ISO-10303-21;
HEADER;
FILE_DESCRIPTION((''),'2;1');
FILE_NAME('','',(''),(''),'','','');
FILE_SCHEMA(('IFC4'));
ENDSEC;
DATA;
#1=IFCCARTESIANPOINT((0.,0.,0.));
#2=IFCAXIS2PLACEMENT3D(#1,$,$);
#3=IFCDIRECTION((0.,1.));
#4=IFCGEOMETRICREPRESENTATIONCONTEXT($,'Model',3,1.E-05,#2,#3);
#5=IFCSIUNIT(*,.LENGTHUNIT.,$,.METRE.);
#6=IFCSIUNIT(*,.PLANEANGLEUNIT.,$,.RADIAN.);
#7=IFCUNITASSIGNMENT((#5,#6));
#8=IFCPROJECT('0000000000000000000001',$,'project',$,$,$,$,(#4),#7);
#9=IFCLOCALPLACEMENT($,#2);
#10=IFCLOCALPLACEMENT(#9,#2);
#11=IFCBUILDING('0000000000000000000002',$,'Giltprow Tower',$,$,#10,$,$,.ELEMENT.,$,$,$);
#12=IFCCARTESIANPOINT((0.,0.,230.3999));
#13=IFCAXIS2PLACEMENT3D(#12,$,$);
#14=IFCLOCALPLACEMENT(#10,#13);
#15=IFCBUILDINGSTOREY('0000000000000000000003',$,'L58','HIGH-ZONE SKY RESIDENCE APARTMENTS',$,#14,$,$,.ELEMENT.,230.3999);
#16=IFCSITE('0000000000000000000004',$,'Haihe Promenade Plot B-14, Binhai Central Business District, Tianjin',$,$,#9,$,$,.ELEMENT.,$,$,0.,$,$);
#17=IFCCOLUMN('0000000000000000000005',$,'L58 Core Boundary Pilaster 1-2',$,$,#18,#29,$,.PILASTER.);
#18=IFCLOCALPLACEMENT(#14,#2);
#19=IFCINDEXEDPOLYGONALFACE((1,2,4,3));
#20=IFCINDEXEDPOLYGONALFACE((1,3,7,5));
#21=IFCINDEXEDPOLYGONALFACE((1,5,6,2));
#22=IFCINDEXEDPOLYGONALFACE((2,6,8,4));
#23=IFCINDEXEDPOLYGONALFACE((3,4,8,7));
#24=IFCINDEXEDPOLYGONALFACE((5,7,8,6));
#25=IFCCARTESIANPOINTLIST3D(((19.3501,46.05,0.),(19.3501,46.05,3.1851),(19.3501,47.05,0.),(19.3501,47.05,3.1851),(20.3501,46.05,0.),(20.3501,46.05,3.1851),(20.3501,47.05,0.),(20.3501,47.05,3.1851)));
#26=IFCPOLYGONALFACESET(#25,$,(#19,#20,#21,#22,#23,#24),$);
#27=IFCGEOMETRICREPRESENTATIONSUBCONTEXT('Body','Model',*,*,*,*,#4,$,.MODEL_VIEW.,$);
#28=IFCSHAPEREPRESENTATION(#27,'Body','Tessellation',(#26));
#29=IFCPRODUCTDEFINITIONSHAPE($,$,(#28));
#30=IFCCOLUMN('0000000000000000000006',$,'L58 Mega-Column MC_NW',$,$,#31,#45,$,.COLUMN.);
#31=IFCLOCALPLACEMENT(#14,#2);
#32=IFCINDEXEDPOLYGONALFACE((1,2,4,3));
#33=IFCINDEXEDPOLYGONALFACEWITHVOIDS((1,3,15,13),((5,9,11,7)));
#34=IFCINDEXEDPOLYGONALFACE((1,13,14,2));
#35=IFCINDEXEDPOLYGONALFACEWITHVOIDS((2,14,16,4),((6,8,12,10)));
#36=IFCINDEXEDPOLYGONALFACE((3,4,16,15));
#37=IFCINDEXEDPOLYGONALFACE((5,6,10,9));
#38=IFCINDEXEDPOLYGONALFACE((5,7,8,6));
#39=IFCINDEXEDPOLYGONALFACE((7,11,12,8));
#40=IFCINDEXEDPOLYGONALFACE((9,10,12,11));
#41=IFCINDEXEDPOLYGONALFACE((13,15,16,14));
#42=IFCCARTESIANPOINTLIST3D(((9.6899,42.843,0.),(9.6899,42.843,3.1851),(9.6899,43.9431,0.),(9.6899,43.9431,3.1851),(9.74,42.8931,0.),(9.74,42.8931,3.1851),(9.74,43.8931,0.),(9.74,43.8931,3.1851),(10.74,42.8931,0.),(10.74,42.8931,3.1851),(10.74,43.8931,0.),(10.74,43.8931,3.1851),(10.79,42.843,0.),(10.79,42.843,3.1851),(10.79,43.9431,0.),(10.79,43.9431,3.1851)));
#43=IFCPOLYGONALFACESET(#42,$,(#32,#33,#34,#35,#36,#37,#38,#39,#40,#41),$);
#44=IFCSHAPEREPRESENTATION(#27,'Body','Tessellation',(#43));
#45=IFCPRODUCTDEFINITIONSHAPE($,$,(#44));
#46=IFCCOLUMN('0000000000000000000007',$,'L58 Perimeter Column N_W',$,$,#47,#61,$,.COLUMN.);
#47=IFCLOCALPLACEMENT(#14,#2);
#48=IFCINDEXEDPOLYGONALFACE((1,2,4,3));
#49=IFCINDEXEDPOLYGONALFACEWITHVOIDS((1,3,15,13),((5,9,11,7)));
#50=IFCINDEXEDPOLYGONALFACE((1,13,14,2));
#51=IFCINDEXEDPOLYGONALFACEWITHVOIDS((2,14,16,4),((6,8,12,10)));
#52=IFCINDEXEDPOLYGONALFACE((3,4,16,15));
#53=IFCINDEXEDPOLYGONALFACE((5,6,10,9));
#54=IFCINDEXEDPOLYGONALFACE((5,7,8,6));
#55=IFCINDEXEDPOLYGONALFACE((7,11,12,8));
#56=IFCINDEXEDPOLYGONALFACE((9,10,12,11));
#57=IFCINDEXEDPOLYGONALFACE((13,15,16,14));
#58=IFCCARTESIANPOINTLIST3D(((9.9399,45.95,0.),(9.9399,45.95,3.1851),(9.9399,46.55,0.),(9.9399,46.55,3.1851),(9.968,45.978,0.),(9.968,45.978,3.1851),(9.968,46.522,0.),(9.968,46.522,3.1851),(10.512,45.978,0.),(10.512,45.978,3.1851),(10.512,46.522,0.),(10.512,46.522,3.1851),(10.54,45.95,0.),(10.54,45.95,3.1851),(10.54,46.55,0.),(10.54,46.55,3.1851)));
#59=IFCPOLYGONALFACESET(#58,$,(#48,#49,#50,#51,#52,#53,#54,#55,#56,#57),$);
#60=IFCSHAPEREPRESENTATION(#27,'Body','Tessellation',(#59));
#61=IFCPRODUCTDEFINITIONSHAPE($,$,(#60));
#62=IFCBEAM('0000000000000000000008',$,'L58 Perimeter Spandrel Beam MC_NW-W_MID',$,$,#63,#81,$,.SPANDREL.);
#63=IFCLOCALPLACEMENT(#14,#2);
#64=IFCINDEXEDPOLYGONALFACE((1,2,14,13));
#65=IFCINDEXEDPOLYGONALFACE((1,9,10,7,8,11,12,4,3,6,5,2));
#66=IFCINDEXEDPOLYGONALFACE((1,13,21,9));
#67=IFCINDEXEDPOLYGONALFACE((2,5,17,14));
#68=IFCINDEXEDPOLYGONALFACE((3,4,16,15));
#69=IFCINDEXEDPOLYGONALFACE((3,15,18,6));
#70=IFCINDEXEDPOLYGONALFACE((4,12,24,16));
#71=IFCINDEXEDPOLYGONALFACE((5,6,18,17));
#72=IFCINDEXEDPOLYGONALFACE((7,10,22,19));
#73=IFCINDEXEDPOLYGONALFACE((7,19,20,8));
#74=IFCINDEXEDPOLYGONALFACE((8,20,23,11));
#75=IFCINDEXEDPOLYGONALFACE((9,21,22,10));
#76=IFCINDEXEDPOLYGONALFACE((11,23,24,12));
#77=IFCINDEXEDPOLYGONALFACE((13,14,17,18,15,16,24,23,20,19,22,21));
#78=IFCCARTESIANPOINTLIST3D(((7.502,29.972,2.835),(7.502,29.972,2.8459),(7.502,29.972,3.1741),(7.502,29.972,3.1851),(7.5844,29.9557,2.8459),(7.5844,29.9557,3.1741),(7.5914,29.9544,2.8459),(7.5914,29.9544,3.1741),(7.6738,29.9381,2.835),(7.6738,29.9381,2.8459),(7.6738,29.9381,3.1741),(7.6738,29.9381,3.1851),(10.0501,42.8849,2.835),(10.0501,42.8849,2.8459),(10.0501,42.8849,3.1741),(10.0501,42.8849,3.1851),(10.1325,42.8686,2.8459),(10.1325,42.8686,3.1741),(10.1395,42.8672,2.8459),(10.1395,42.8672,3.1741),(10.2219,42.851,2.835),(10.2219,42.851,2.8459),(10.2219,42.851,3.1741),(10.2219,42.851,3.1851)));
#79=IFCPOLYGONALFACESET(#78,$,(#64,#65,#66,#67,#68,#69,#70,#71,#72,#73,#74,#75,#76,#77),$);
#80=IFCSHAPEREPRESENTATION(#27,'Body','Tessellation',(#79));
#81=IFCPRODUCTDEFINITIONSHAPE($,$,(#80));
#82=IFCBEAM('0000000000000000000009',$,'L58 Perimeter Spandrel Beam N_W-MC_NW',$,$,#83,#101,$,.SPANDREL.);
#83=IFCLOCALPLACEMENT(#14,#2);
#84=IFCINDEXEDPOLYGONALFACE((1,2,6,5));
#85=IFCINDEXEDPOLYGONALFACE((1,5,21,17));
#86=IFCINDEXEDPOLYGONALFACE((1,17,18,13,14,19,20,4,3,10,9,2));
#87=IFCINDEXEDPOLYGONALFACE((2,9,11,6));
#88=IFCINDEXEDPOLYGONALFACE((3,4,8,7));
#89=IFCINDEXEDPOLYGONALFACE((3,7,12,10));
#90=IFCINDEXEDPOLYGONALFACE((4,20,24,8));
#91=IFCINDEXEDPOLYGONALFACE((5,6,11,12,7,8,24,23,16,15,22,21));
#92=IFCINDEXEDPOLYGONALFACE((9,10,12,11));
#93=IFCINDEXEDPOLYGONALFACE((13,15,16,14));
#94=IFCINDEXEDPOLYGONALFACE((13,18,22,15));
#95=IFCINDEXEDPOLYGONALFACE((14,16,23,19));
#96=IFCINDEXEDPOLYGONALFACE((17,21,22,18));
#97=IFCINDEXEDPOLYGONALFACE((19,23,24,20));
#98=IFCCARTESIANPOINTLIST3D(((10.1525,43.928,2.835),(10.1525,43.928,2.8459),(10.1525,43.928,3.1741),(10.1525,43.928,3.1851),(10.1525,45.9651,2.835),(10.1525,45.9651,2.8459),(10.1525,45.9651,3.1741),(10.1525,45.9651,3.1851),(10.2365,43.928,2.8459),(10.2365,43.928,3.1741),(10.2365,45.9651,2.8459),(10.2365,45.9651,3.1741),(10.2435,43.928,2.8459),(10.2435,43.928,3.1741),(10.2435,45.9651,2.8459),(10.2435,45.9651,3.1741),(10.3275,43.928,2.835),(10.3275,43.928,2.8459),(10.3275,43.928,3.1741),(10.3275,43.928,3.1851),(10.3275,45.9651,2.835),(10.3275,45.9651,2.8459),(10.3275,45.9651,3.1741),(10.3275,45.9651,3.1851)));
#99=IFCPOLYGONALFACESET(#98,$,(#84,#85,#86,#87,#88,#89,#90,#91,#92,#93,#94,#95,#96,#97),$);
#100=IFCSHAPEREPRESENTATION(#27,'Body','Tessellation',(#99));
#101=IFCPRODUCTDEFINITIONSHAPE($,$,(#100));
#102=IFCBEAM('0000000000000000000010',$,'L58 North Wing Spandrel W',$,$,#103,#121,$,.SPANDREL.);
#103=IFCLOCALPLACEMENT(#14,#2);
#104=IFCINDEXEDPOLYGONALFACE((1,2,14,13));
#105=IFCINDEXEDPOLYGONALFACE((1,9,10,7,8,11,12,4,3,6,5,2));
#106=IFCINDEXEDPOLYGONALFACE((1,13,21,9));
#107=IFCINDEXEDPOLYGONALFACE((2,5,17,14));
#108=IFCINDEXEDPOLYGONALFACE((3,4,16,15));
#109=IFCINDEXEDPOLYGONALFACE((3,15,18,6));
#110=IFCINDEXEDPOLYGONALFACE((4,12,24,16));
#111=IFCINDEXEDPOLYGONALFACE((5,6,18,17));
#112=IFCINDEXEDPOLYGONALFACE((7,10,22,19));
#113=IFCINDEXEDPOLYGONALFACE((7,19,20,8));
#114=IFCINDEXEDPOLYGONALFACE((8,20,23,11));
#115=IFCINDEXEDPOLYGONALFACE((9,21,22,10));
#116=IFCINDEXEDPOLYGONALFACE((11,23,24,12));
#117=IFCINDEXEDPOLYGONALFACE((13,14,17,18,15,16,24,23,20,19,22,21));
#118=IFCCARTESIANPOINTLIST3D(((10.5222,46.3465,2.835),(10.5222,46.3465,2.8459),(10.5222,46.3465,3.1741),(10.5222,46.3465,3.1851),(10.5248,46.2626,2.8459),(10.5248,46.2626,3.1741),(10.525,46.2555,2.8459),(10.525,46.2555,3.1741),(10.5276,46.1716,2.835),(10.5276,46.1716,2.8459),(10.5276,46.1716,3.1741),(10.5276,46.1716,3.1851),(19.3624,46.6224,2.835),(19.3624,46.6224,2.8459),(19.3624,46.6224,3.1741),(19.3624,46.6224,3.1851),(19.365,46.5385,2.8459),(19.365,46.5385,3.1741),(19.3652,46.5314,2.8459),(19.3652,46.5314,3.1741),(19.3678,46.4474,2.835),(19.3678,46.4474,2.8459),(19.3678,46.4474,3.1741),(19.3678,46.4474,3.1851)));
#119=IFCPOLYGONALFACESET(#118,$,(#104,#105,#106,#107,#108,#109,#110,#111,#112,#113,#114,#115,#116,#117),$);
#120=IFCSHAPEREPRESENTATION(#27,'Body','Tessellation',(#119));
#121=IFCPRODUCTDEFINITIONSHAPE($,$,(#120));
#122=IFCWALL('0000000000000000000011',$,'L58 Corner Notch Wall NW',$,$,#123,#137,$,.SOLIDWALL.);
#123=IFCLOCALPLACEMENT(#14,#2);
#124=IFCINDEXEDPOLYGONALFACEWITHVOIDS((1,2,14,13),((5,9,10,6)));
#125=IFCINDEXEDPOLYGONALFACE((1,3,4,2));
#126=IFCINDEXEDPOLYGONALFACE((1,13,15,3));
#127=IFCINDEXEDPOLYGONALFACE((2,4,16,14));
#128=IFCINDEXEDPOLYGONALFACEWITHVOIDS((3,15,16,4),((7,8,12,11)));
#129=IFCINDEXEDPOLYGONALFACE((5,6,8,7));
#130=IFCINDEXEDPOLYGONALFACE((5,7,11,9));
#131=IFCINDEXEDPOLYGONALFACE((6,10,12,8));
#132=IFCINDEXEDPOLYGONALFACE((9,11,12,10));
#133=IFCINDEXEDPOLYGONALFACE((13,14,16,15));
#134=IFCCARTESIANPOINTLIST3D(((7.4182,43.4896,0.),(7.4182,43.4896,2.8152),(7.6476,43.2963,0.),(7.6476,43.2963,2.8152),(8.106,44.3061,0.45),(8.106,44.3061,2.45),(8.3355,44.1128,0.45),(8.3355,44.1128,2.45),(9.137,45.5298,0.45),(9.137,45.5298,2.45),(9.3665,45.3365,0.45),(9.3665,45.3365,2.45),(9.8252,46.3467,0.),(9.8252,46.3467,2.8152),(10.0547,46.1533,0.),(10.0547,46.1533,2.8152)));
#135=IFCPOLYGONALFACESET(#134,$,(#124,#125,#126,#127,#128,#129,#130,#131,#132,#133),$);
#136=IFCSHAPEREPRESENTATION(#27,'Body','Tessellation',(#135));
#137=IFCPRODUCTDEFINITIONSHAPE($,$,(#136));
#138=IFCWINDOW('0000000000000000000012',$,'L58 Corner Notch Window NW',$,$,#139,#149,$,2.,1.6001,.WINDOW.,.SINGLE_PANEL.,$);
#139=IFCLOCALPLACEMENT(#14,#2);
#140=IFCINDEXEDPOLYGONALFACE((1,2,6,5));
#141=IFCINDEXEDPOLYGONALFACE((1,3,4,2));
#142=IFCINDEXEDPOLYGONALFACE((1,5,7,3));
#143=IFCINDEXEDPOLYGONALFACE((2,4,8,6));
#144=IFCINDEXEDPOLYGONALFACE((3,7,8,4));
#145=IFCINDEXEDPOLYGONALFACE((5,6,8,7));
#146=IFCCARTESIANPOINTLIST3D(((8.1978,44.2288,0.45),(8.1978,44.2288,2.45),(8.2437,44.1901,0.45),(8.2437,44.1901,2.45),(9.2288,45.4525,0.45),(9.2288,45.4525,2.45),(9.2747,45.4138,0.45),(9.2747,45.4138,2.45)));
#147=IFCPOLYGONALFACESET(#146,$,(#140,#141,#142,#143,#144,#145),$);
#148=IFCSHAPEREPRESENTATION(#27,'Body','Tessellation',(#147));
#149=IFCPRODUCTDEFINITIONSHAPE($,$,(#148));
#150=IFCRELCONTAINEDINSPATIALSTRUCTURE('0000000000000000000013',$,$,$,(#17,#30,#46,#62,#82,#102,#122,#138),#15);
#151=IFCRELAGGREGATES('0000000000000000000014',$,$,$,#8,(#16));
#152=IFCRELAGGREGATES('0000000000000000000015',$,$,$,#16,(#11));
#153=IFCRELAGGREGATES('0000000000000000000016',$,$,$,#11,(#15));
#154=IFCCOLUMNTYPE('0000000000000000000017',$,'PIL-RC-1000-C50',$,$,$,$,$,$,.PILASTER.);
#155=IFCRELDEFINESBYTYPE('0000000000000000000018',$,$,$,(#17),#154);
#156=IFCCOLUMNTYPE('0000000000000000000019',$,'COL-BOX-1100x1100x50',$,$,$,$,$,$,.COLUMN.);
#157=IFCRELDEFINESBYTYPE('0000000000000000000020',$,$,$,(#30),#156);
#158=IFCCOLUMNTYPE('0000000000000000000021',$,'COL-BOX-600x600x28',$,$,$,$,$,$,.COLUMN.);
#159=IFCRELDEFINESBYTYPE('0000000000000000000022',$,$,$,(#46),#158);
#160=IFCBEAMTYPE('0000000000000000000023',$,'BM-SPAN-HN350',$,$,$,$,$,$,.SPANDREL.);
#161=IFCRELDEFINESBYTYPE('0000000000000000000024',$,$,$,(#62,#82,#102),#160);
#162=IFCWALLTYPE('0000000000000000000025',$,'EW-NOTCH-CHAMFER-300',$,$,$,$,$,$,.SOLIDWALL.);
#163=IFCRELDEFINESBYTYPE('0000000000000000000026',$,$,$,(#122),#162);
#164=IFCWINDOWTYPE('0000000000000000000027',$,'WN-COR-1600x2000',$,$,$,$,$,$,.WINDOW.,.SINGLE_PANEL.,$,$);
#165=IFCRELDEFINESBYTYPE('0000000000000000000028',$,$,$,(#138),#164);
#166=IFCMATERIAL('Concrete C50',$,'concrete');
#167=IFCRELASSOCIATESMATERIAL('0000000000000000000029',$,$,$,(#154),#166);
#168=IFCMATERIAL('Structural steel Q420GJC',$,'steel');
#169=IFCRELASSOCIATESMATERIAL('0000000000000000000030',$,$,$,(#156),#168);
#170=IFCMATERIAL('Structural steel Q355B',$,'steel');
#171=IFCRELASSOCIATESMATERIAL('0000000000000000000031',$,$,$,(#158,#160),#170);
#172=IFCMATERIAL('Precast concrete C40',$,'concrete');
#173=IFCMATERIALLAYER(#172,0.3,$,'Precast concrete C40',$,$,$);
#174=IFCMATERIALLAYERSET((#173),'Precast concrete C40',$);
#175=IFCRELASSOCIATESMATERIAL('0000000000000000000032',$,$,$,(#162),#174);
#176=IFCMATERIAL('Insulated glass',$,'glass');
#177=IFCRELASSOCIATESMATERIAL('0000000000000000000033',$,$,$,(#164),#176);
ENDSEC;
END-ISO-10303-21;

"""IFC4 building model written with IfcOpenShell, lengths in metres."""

from ifc_helpers import new_model, si_unit, direction, frame, frame_2d, origin, origin_2d, place, context, subcontext, project, spatial, rectangle, hollow_rectangle, i_section, extrude, source, transform, mapped, material, layer, layer_set, material_profile, profile_set, type_object, element, fill, save


model = new_model("IFC4")

# Units and contexts
model_context = context("Model", 3, precision=1e-05, world=origin(), true_north=direction((0.0, 1.0)))
body_context = subcontext(model_context, "Body", "Model", "MODEL_VIEW")
ifc_project = project(units=[si_unit("LENGTHUNIT", "METRE"), si_unit("PLANEANGLEUNIT", "RADIAN")], contexts=[model_context])

# Site, building, storey
site_placement = place(None, origin())
site = spatial("IfcSite", under=ifc_project, at=site_placement, Name="Haihe Promenade Plot B-14, Binhai Central Business District, Tianjin", CompositionType="ELEMENT", RefElevation=0.0)
building_placement = place(site_placement, origin())
building = spatial("IfcBuilding", under=site, at=building_placement, Name="Giltprow Tower", CompositionType="ELEMENT")
storey_placement = place(building_placement, frame((0.0, 0.0, 230.3999)))
storey = spatial("IfcBuildingStorey", under=building, at=storey_placement, Name="L58", Description="HIGH-ZONE SKY RESIDENCE APARTMENTS", CompositionType="ELEMENT", Elevation=230.3999)

# Columns
ifc_material_1 = material(Name="Concrete C50", Category="concrete")
ifc_material_profile_1 = material_profile(ifc_material_1, rectangle(XDim=1.0, YDim=1.0, at=origin_2d()), Name="RC 1000x1000")
ifc_profile_set_1 = profile_set([ifc_material_profile_1], Name="Concrete C50")
column_type_1 = type_object("IfcColumnType", Name="PIL-RC-1000-C50", PredefinedType="PILASTER", material=ifc_profile_set_1)
shared_shape_1 = source(origin(), body_context, "Body", "SweptSolid", [
    extrude(rectangle(XDim=1.0, YDim=1.0, at=origin_2d()), origin(), (0.0, 0.0, 1.0), 3.1851),
])
column_1_placement = place(storey_placement, frame((19.8501, 46.55, 0.0), z_axis=(0.0, 0.0, 1.0), x_axis=(1.0, 0.0, 0.0)))
element("IfcColumn", 1, at=column_1_placement, inside=storey, type_object=column_type_1, Name="L58 Core Boundary Pilaster 1-2", PredefinedType="PILASTER", context=body_context, shape_type="MappedRepresentation", body=[
    mapped(shared_shape_1, transform((0.0, 0.0, 0.0), x_axis=(1.0, 0.0, 0.0), y_axis=(0.0, 1.0, 0.0), z_axis=(0.0, 0.0, 1.0), scale=1.0)),
])
ifc_material_2 = material(Name="Structural steel Q420GJC", Category="steel")
ifc_material_profile_2 = material_profile(ifc_material_2, hollow_rectangle(XDim=1.1001, YDim=1.1001, WallThickness=0.05, at=origin_2d()), Name="BOX 1100x1100x50")
ifc_profile_set_2 = profile_set([ifc_material_profile_2], Name="Structural steel Q420GJC")
column_type_2 = type_object("IfcColumnType", Name="COL-BOX-1100x1100x50", PredefinedType="COLUMN", material=ifc_profile_set_2)
shared_shape_2 = source(origin(), body_context, "Body", "SweptSolid", [
    extrude(hollow_rectangle(XDim=1.1001, YDim=1.1001, WallThickness=0.05, at=origin_2d()), origin(), (0.0, 0.0, 1.0), 3.1851),
])
column_2_placement = place(storey_placement, frame((10.24, 43.3931, 0.0), z_axis=(0.0, 0.0, 1.0), x_axis=(1.0, 0.0, 0.0)))
element("IfcColumn", 2, at=column_2_placement, inside=storey, type_object=column_type_2, Name="L58 Mega-Column MC_NW", PredefinedType="COLUMN", context=body_context, shape_type="MappedRepresentation", body=[
    mapped(shared_shape_2, transform((0.0, 0.0, 0.0), x_axis=(1.0, 0.0, 0.0), y_axis=(0.0, 1.0, 0.0), z_axis=(0.0, 0.0, 1.0), scale=1.0)),
])
ifc_material_3 = material(Name="Structural steel Q355B", Category="steel")
ifc_material_profile_3 = material_profile(ifc_material_3, hollow_rectangle(XDim=0.6001, YDim=0.6001, WallThickness=0.0281, at=origin_2d()), Name="BOX 600x600x28")
ifc_profile_set_3 = profile_set([ifc_material_profile_3], Name="Structural steel Q355B")
column_type_3 = type_object("IfcColumnType", Name="COL-BOX-600x600x28", PredefinedType="COLUMN", material=ifc_profile_set_3)
shared_shape_3 = source(origin(), body_context, "Body", "SweptSolid", [
    extrude(hollow_rectangle(XDim=0.6001, YDim=0.6001, WallThickness=0.0281, at=origin_2d()), origin(), (0.0, 0.0, 1.0), 3.1851),
])
column_3_placement = place(storey_placement, frame((10.24, 46.25, 0.0), z_axis=(0.0, 0.0, 1.0), x_axis=(1.0, 0.0, 0.0)))
element("IfcColumn", 3, at=column_3_placement, inside=storey, type_object=column_type_3, Name="L58 Perimeter Column N_W", PredefinedType="COLUMN", context=body_context, shape_type="MappedRepresentation", body=[
    mapped(shared_shape_3, transform((0.0, 0.0, 0.0), x_axis=(1.0, 0.0, 0.0), y_axis=(0.0, 1.0, 0.0), z_axis=(0.0, 0.0, 1.0), scale=1.0)),
])

# Beams
ifc_material_profile_4 = material_profile(ifc_material_3, i_section(OverallWidth=0.175, OverallDepth=0.3501, WebThickness=0.0071, FlangeThickness=0.011, at=origin_2d()), Name="HN 350x175x7x11")
ifc_profile_set_4 = profile_set([ifc_material_profile_4], Name="Structural steel Q355B")
beam_type = type_object("IfcBeamType", Name="BM-SPAN-HN350", PredefinedType="SPANDREL", material=ifc_profile_set_4)
shared_shape_4 = source(origin(), body_context, "Body", "SweptSolid", [
    extrude(i_section(OverallWidth=0.175, OverallDepth=0.3501, WebThickness=0.0071, FlangeThickness=0.011, at=origin_2d()), origin(), (0.0, 0.0, 1.0), 13.1619),
])
beam_1_placement = place(storey_placement, frame((10.136, 42.8679, 3.01), z_axis=(-0.193597, -0.981081, 0.0), x_axis=(0.981081, -0.193597, 0.0)))
element("IfcBeam", 4, at=beam_1_placement, inside=storey, type_object=beam_type, Name="L58 Perimeter Spandrel Beam MC_NW-W_MID", PredefinedType="SPANDREL", context=body_context, shape_type="MappedRepresentation", body=[
    mapped(shared_shape_4, transform((0.0, 0.0, 0.0), x_axis=(1.0, 0.0, 0.0), y_axis=(0.0, 1.0, 0.0), z_axis=(0.0, 0.0, 1.0), scale=1.0)),
])
shared_shape_5 = source(origin(), body_context, "Body", "SweptSolid", [
    extrude(i_section(OverallWidth=0.175, OverallDepth=0.3501, WebThickness=0.0071, FlangeThickness=0.011, at=origin_2d()), origin(), (0.0, 0.0, 1.0), 2.0371),
])
beam_2_placement = place(storey_placement, frame((10.24, 45.9651, 3.01), z_axis=(0.0, -1.0, 0.0), x_axis=(1.0, 0.0, 0.0)))
element("IfcBeam", 5, at=beam_2_placement, inside=storey, type_object=beam_type, Name="L58 Perimeter Spandrel Beam N_W-MC_NW", PredefinedType="SPANDREL", context=body_context, shape_type="MappedRepresentation", body=[
    mapped(shared_shape_5, transform((0.0, 0.0, 0.0), x_axis=(1.0, 0.0, 0.0), y_axis=(0.0, 1.0, 0.0), z_axis=(0.0, 0.0, 1.0), scale=1.0)),
])
shared_shape_6 = source(origin(), body_context, "Body", "SweptSolid", [
    extrude(i_section(OverallWidth=0.175, OverallDepth=0.3501, WebThickness=0.0071, FlangeThickness=0.011, at=origin_2d()), origin(), (0.0, 0.0, 1.0), 8.8445),
])
beam_3_placement = place(storey_placement, frame((10.5249, 46.259, 3.01), z_axis=(0.999513, 0.031193, 0.0), x_axis=(-0.031193, 0.999513, 0.0)))
element("IfcBeam", 6, at=beam_3_placement, inside=storey, type_object=beam_type, Name="L58 North Wing Spandrel W", PredefinedType="SPANDREL", context=body_context, shape_type="MappedRepresentation", body=[
    mapped(shared_shape_6, transform((0.0, 0.0, 0.0), x_axis=(1.0, 0.0, 0.0), y_axis=(0.0, 1.0, 0.0), z_axis=(0.0, 0.0, 1.0), scale=1.0)),
])

# Wall, opening, window
ifc_material_4 = material(Name="Precast concrete C40", Category="concrete")
ifc_layer_1 = layer(ifc_material_4, 0.3, Name="Precast concrete C40")
ifc_layer_set_1 = layer_set([ifc_layer_1], Name="Precast concrete C40")
wall_type_1 = type_object("IfcWallType", Name="EW-NOTCH-CHAMFER-300", PredefinedType="SOLIDWALL", material=ifc_layer_set_1)
wall_1_placement = place(storey_placement, frame((9.9399, 46.25, 0.0), z_axis=(0.0, 0.0, 1.0), x_axis=(-0.644315, -0.76476, 0.0)))
wall_1 = element("IfcWall", 7, at=wall_1_placement, inside=storey, type_object=wall_type_1, Name="L58 Corner Notch Wall NW", PredefinedType="SOLIDWALL", context=body_context, shape_type="SweptSolid", body=[
    extrude(rectangle(XDim=3.7358, YDim=0.3, at=frame_2d((1.8679, 0.0))), origin(), (0.0, 0.0, 1.0), 2.8152),
])
opening_1_placement = place(wall_1_placement, frame((1.0681, 0.0, 0.45)))
opening_1 = element("IfcOpeningElement", 8, at=opening_1_placement, cuts=wall_1, PredefinedType="OPENING", context=body_context, shape_type="SweptSolid", body=[
    extrude(rectangle(XDim=1.6001, YDim=2.0, at=frame_2d((0.8, 1.0))), frame((0.0, 0.1599, 0.0), z_axis=(0.0, -1.0, 0.0), x_axis=(1.0, 0.0, 0.0)), (0.0, 0.0, 1.0), 0.3201),
])
ifc_material_5 = material(Name="Insulated glass", Category="glass")
window_type = type_object("IfcWindowType", Name="WN-COR-1600x2000", PartitioningType="SINGLE_PANEL", PredefinedType="WINDOW", material=ifc_material_5)
shared_shape_7 = source(origin(), body_context, "Body", "SweptSolid", [
    extrude(rectangle(XDim=1.6001, YDim=2.0, at=frame_2d((0.8, 1.0))), frame((0.0, 0.03, 0.0), z_axis=(0.0, -1.0, 0.0), x_axis=(1.0, 0.0, 0.0)), (0.0, 0.0, 1.0), 0.0601),
])
window_1_placement = place(opening_1_placement, origin())
window_1 = element("IfcWindow", 9, at=window_1_placement, inside=storey, type_object=window_type, Name="L58 Corner Notch Window NW", OverallHeight=2.0, OverallWidth=1.6001, PartitioningType="SINGLE_PANEL", PredefinedType="WINDOW", context=body_context, shape_type="MappedRepresentation", body=[
    mapped(shared_shape_7, transform((0.0, 0.0, 0.0), x_axis=(1.0, 0.0, 0.0), y_axis=(0.0, 1.0, 0.0), z_axis=(0.0, 0.0, 1.0), scale=1.0)),
])
fill(opening_1, window_1)

save(model, "model.ifc")
